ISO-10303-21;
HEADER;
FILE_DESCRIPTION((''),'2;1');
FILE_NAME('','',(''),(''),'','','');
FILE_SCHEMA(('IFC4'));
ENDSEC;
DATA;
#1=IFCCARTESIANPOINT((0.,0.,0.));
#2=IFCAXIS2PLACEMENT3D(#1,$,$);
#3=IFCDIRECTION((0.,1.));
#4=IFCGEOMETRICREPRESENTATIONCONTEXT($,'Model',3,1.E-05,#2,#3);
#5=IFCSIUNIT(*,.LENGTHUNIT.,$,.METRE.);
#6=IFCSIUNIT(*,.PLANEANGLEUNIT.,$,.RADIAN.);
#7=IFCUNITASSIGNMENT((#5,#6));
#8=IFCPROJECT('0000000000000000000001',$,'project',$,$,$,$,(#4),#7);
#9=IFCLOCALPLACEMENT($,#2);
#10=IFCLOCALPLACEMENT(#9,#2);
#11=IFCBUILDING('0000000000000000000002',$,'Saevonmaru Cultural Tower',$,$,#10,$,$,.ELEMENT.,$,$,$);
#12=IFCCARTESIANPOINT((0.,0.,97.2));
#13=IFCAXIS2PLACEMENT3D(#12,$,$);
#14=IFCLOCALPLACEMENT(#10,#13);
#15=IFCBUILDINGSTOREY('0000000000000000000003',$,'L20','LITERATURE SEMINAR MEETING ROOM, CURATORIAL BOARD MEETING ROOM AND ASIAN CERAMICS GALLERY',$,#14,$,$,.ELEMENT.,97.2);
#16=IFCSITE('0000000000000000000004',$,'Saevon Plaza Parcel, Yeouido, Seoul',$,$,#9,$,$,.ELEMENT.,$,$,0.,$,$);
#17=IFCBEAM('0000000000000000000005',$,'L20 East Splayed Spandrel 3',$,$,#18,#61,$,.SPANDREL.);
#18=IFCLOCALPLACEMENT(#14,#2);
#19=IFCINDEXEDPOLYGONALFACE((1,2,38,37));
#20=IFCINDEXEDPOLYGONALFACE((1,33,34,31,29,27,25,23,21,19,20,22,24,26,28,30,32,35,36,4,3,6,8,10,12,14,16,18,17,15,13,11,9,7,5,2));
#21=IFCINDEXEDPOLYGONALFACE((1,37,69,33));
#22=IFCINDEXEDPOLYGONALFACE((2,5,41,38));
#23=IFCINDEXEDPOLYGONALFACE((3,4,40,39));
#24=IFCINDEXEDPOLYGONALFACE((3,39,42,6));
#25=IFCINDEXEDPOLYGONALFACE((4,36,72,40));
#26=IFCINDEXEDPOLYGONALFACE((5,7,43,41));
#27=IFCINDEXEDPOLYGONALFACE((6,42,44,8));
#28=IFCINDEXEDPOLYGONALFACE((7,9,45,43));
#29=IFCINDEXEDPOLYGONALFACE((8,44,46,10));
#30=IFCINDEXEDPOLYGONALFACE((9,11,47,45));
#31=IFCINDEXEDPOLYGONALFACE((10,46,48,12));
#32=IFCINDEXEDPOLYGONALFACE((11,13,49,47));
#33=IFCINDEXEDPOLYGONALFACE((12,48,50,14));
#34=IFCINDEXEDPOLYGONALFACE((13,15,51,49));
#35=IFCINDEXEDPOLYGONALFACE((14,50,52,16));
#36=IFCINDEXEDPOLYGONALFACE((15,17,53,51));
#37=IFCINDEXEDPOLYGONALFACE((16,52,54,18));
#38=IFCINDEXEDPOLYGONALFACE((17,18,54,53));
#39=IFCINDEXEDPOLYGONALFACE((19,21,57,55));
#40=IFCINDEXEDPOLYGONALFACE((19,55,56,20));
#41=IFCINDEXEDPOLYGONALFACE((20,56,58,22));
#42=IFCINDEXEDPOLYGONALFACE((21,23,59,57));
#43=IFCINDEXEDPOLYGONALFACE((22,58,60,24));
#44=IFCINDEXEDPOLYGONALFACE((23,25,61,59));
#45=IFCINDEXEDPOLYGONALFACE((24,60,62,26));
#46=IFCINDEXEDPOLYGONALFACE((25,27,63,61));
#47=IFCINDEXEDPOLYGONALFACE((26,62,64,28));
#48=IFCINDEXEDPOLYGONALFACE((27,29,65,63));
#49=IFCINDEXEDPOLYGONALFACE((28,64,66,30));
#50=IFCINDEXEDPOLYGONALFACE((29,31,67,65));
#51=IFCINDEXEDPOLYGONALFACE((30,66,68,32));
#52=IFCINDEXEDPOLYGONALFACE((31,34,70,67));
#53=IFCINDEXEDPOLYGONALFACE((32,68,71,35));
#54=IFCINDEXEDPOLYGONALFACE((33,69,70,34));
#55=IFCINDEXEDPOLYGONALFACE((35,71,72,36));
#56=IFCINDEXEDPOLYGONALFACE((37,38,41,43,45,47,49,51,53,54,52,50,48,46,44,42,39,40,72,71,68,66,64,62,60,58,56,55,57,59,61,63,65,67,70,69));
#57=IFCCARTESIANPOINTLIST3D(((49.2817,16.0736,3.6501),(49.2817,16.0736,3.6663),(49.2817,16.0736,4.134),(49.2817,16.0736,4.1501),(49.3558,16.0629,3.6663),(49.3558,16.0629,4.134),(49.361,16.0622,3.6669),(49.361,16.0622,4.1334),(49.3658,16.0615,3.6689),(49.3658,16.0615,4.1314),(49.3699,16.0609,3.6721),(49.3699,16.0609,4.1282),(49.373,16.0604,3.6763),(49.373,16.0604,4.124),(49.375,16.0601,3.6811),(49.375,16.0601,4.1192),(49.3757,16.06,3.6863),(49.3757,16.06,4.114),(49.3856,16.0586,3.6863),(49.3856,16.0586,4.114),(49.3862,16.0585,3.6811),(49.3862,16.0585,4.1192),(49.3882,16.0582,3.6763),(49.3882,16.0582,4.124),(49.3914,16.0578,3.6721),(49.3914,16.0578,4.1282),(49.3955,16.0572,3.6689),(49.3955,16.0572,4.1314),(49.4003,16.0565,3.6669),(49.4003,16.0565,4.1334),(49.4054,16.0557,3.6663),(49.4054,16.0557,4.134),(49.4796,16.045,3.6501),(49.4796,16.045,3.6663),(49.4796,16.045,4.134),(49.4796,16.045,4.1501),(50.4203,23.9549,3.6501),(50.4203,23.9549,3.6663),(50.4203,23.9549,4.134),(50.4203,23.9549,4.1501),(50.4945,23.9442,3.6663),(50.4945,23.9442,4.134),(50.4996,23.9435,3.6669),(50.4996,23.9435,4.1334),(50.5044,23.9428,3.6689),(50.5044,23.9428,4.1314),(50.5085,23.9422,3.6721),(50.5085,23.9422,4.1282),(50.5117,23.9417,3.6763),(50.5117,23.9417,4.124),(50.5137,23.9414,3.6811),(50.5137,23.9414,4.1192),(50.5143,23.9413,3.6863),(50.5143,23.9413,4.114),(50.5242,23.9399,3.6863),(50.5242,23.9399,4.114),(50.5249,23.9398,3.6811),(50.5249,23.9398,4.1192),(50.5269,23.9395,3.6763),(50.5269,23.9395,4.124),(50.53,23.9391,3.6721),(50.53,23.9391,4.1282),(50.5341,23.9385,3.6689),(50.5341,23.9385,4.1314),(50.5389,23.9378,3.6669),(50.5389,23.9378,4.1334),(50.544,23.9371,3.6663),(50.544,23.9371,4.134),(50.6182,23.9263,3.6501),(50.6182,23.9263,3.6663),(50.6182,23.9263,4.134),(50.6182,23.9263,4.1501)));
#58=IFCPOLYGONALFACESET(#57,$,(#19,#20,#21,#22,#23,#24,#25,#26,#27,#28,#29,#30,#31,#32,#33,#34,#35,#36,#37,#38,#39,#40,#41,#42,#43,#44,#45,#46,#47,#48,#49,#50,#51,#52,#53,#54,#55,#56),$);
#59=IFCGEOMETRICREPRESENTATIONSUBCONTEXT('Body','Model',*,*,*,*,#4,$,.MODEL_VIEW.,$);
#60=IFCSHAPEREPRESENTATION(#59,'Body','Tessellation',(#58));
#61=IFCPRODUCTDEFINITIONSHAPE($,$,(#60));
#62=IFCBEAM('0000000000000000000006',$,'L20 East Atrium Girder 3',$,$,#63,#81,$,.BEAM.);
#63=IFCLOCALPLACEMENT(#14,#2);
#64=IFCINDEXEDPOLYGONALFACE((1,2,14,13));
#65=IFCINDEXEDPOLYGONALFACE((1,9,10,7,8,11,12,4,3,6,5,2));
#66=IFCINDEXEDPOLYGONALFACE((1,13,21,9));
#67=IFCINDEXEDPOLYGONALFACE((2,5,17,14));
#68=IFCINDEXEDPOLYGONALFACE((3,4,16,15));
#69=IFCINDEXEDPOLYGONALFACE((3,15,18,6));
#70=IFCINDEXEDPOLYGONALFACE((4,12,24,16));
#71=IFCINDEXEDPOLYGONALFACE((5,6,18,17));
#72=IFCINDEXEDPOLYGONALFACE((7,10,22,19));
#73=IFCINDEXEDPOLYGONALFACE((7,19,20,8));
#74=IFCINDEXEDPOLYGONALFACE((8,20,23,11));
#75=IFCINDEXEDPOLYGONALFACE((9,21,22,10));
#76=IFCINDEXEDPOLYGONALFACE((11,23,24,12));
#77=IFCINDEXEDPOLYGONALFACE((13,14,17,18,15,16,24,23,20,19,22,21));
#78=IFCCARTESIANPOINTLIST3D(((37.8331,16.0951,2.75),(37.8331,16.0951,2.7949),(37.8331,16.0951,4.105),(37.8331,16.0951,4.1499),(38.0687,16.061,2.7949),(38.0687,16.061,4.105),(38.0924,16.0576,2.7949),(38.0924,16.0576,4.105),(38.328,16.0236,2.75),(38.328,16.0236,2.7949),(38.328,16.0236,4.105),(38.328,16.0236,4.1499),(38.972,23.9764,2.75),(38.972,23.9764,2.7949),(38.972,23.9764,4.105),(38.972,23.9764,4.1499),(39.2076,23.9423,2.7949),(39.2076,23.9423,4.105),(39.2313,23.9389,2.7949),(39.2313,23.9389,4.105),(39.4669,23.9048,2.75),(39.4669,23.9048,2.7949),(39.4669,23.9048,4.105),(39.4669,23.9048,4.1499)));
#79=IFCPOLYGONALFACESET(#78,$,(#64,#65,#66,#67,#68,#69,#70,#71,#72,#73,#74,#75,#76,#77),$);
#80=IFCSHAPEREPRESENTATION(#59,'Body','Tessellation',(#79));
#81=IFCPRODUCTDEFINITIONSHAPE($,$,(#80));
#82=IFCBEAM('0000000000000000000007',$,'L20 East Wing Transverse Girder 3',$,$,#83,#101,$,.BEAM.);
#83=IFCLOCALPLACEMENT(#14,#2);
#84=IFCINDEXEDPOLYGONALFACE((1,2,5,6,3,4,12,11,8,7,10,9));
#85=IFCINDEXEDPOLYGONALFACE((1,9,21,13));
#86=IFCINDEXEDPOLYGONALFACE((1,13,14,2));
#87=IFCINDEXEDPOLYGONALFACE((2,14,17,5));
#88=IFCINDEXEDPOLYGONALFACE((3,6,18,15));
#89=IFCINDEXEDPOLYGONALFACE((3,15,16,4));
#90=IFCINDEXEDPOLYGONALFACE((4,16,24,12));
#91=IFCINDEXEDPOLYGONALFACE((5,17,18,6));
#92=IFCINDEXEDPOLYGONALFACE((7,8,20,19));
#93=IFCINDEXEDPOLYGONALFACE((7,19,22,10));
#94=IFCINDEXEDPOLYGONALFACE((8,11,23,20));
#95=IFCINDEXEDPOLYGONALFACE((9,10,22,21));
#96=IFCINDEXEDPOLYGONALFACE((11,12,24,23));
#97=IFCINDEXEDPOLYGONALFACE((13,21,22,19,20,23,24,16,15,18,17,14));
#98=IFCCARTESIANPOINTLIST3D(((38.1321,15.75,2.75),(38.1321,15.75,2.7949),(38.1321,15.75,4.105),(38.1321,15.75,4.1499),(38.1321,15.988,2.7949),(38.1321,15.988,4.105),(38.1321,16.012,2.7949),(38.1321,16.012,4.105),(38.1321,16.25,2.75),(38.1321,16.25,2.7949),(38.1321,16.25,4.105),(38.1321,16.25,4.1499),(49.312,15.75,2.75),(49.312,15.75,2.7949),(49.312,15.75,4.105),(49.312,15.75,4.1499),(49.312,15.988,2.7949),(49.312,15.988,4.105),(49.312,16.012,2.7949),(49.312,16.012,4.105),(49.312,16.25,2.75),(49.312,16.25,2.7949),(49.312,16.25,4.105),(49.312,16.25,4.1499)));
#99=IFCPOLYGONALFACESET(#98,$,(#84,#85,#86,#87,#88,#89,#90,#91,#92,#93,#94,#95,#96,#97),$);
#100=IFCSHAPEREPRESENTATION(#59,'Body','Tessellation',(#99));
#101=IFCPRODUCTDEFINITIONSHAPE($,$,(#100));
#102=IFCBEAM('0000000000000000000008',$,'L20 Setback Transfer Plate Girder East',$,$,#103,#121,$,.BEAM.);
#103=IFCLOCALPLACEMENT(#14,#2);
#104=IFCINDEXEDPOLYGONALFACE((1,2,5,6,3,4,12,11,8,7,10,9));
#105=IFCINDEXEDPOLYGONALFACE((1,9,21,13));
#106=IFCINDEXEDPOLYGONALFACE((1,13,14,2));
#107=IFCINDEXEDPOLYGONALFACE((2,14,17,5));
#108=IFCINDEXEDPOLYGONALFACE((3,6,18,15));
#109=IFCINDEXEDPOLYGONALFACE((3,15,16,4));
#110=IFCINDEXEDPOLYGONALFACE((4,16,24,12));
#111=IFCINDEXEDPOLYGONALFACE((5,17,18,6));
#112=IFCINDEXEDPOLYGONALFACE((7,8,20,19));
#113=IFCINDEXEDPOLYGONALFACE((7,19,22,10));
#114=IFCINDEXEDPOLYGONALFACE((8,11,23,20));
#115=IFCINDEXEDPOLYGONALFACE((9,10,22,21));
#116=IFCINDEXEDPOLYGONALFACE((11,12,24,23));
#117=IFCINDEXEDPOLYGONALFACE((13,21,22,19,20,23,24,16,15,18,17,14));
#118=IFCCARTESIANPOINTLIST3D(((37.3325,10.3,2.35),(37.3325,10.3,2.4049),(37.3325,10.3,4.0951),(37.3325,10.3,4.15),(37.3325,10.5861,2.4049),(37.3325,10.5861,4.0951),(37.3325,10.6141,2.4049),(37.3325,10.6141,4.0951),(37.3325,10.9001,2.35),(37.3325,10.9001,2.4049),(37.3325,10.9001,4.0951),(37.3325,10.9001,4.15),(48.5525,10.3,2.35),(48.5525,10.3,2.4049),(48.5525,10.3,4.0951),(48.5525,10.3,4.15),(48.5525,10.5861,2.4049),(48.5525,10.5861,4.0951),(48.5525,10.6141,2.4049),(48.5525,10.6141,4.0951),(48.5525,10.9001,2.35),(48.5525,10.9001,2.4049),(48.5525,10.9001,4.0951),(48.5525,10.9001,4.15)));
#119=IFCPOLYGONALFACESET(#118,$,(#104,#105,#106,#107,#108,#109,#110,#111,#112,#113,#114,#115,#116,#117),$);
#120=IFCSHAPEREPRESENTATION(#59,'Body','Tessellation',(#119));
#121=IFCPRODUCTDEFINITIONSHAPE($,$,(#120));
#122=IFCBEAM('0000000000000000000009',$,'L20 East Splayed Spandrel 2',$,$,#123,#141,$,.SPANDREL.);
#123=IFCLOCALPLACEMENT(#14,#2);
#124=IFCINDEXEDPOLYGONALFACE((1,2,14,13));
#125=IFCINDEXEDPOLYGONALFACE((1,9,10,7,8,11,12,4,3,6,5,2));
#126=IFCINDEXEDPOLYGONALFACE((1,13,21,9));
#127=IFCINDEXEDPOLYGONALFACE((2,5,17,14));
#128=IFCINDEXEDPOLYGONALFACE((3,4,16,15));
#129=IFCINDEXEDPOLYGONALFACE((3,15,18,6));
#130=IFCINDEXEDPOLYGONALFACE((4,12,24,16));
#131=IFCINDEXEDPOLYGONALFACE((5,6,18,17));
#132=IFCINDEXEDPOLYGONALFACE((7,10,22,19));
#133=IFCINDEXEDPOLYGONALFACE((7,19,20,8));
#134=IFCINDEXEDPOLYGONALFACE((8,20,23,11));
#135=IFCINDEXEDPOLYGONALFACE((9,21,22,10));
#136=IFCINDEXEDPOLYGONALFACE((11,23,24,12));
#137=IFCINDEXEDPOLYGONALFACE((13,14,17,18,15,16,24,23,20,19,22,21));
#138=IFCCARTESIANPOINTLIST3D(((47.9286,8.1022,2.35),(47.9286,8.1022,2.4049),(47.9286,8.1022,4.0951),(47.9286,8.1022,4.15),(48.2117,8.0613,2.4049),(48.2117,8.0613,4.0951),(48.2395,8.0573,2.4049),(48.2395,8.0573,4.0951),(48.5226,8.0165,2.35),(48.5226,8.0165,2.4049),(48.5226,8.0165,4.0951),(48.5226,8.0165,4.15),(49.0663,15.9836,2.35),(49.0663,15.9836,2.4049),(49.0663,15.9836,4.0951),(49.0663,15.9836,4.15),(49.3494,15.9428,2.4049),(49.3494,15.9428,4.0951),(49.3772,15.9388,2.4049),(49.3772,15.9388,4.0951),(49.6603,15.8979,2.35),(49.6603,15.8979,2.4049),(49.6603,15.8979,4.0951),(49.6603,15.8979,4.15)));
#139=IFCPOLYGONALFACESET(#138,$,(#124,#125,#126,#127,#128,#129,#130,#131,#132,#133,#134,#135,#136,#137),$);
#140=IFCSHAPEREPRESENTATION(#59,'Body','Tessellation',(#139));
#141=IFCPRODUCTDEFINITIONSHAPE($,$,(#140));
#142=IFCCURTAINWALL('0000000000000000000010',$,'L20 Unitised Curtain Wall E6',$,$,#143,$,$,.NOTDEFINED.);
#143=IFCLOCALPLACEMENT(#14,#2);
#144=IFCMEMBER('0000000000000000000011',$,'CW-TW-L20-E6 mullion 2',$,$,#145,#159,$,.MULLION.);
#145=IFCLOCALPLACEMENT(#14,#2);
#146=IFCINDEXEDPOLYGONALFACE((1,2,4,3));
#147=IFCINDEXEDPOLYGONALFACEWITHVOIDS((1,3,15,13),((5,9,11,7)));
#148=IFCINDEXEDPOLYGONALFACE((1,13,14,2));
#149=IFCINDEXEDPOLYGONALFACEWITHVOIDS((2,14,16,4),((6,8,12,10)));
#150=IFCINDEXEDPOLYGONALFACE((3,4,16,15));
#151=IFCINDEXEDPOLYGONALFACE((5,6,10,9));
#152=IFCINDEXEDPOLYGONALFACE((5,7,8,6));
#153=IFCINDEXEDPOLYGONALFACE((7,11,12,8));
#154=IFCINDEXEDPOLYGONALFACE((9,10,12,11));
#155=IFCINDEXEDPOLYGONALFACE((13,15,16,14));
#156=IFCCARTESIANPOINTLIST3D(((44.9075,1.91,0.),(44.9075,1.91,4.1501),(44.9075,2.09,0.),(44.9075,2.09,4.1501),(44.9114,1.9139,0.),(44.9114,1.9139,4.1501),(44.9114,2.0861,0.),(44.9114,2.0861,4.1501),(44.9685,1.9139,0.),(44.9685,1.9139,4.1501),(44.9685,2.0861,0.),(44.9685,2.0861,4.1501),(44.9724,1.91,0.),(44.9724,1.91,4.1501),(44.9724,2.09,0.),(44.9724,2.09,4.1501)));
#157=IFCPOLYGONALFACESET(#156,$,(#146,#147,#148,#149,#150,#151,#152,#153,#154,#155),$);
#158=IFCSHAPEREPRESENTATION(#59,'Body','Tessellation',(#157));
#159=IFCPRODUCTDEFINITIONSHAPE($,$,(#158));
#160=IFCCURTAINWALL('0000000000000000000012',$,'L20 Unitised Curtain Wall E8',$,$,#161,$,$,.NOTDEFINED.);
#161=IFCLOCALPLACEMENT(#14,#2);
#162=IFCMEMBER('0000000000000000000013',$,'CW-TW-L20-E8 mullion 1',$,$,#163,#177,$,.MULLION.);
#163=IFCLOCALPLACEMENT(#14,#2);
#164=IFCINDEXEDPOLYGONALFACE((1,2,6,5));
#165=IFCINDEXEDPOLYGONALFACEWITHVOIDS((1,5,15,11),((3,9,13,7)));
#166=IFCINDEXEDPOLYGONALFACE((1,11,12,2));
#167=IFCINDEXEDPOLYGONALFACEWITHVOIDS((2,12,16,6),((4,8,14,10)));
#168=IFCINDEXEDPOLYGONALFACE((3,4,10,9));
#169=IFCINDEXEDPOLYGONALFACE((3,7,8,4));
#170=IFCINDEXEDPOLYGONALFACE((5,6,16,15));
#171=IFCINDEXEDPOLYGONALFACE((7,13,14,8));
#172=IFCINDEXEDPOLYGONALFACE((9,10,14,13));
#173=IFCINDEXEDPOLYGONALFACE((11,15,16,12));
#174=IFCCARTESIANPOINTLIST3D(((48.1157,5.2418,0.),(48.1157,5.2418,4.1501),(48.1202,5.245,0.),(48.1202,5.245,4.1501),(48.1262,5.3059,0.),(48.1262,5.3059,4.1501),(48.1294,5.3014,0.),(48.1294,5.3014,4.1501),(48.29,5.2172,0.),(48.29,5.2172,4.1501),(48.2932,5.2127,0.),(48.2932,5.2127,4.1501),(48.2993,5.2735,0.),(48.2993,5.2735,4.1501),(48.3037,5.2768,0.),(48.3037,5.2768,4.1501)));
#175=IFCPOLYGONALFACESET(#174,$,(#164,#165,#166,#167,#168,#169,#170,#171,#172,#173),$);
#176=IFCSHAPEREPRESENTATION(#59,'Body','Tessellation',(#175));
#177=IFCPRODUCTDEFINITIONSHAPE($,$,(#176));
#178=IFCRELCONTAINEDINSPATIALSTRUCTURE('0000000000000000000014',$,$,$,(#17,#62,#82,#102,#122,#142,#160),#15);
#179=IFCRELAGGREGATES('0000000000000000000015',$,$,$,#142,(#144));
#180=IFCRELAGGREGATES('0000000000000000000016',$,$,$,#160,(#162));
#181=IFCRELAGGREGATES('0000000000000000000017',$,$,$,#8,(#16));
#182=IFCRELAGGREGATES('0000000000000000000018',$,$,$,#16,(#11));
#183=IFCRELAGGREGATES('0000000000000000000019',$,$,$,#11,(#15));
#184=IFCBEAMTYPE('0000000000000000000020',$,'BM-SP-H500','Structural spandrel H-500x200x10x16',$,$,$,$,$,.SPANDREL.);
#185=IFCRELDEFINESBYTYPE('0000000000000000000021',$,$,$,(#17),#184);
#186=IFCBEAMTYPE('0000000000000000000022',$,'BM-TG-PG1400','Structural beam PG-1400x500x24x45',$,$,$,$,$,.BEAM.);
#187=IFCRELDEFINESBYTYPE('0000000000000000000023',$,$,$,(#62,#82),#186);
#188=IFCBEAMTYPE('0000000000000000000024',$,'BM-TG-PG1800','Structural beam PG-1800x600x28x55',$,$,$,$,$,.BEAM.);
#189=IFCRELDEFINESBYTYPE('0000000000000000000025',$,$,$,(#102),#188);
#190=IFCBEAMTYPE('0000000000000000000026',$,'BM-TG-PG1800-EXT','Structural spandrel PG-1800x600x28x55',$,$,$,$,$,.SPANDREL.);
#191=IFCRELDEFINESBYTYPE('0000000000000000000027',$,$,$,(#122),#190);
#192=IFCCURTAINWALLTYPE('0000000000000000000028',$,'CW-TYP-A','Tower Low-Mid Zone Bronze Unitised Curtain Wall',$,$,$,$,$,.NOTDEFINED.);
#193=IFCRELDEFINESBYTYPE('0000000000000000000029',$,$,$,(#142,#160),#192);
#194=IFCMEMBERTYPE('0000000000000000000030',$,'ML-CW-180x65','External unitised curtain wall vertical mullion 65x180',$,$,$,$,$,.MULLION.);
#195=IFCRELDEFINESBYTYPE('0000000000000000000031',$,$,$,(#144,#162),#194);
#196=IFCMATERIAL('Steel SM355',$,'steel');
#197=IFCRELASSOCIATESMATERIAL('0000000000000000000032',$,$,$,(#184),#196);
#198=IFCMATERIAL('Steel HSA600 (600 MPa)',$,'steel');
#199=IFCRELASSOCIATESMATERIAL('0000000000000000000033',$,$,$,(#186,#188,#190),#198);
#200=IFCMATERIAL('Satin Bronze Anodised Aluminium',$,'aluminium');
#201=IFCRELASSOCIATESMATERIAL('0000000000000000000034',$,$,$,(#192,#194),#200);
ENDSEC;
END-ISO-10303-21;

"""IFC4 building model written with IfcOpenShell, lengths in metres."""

from ifc_helpers import new_model, si_unit, direction, frame, origin, origin_2d, place, context, subcontext, project, spatial, hollow_rectangle, i_section, extrude, material, material_profile, profile_set, type_object, element, aggregate, save


model = new_model("IFC4")

# Units and contexts
model_context = context("Model", 3, precision=1e-05, world=origin(), true_north=direction((0.0, 1.0)))
body_context = subcontext(model_context, "Body", "Model", "MODEL_VIEW")
ifc_project = project(units=[si_unit("LENGTHUNIT", "METRE"), si_unit("PLANEANGLEUNIT", "RADIAN")], contexts=[model_context])

# Site, building, storey
site_placement = place(None, origin())
site = spatial("IfcSite", under=ifc_project, at=site_placement, Name="Saevon Plaza Parcel, Yeouido, Seoul", CompositionType="ELEMENT", RefElevation=0.0)
building_placement = place(site_placement, origin())
building = spatial("IfcBuilding", under=site, at=building_placement, Name="Saevonmaru Cultural Tower", CompositionType="ELEMENT")
storey_placement = place(building_placement, frame((0.0, 0.0, 97.2)))
storey = spatial("IfcBuildingStorey", under=building, at=storey_placement, Name="L20", Description="LITERATURE SEMINAR MEETING ROOM, CURATORIAL BOARD MEETING ROOM AND ASIAN CERAMICS GALLERY", CompositionType="ELEMENT", Elevation=97.2)

# Shared definitions
ifc_material_1 = material(Name="Steel HSA600 (600 MPa)", Category="steel")

# Beams
ifc_material_2 = material(Name="Steel SM355", Category="steel")
ifc_material_profile_1 = material_profile(ifc_material_2, i_section(OverallWidth=0.2, OverallDepth=0.5, WebThickness=0.01, FlangeThickness=0.0161, FilletRadius=0.02, at=origin_2d()), Name="H-500x200x10x16")
ifc_profile_set_1 = profile_set([ifc_material_profile_1], Name="Steel SM355")
beam_type_1 = type_object("IfcBeamType", Name="BM-SP-H500", Description="Structural spandrel H-500x200x10x16", PredefinedType="SPANDREL", material=ifc_profile_set_1)
beam_1_placement = place(storey_placement, frame((49.3806, 16.0593, 3.9001), z_axis=(0.142992, 0.989724, 0.0), x_axis=(-0.989724, 0.142992, 0.0)))
element("IfcBeam", 1, at=beam_1_placement, inside=storey, type_object=beam_type_1, Name="L20 East Splayed Spandrel 3", PredefinedType="SPANDREL", context=body_context, shape_type="SweptSolid", body=[
    extrude(i_section(OverallWidth=0.2, OverallDepth=0.5, WebThickness=0.01, FlangeThickness=0.0161, FilletRadius=0.02, at=origin_2d()), origin(), (0.0, 0.0, 1.0), 7.9631),
])
ifc_material_profile_2 = material_profile(ifc_material_1, i_section(OverallWidth=0.5, OverallDepth=1.3999, WebThickness=0.0239, FlangeThickness=0.0449, at=origin_2d()), Name="PG-1400x500x24x45")
ifc_profile_set_2 = profile_set([ifc_material_profile_2], Name="Steel HSA600 (600 MPa)")
beam_type_2 = type_object("IfcBeamType", Name="BM-TG-PG1400", Description="Structural beam PG-1400x500x24x45", PredefinedType="BEAM", material=ifc_profile_set_2)
beam_2_placement = place(storey_placement, frame((38.0806, 16.0593, 3.45), z_axis=(0.143022, 0.989719, 0.0), x_axis=(-0.989719, 0.143022, 0.0)))
element("IfcBeam", 2, at=beam_2_placement, inside=storey, type_object=beam_type_2, Name="L20 East Atrium Girder 3", PredefinedType="BEAM", context=body_context, shape_type="SweptSolid", body=[
    extrude(i_section(OverallWidth=0.5, OverallDepth=1.3999, WebThickness=0.0239, FlangeThickness=0.0449, at=origin_2d()), origin(), (0.0, 0.0, 1.0), 7.9631),
])
beam_3_placement = place(storey_placement, frame((38.1321, 16.0, 3.45), z_axis=(1.0, 0.0, 0.0), x_axis=(0.0, 1.0, 0.0)))
element("IfcBeam", 3, at=beam_3_placement, inside=storey, type_object=beam_type_2, Name="L20 East Wing Transverse Girder 3", PredefinedType="BEAM", context=body_context, shape_type="SweptSolid", body=[
    extrude(i_section(OverallWidth=0.5, OverallDepth=1.3999, WebThickness=0.0239, FlangeThickness=0.0449, at=origin_2d()), origin(), (0.0, 0.0, 1.0), 11.1799),
])
ifc_material_profile_3 = material_profile(ifc_material_1, i_section(OverallWidth=0.6001, OverallDepth=1.8, WebThickness=0.0281, FlangeThickness=0.0549, at=origin_2d()), Name="PG-1800x600x28x55")
ifc_profile_set_3 = profile_set([ifc_material_profile_3], Name="Steel HSA600 (600 MPa)")
beam_type_3 = type_object("IfcBeamType", Name="BM-TG-PG1800", Description="Structural beam PG-1800x600x28x55", PredefinedType="BEAM", material=ifc_profile_set_3)
beam_4_placement = place(storey_placement, frame((37.3325, 10.6001, 3.25), z_axis=(1.0, 0.0, 0.0), x_axis=(0.0, 1.0, 0.0)))
element("IfcBeam", 4, at=beam_4_placement, inside=storey, type_object=beam_type_3, Name="L20 Setback Transfer Plate Girder East", PredefinedType="BEAM", context=body_context, shape_type="SweptSolid", body=[
    extrude(i_section(OverallWidth=0.6001, OverallDepth=1.8, WebThickness=0.0281, FlangeThickness=0.0549, at=origin_2d()), origin(), (0.0, 0.0, 1.0), 11.22),
])
ifc_material_profile_4 = material_profile(ifc_material_1, i_section(OverallWidth=0.6001, OverallDepth=1.8, WebThickness=0.0281, FlangeThickness=0.0549, at=origin_2d()), Name="PG-1800x600x28x55")
ifc_profile_set_4 = profile_set([ifc_material_profile_4], Name="Steel HSA600 (600 MPa)")
beam_type_4 = type_object("IfcBeamType", Name="BM-TG-PG1800-EXT", Description="Structural spandrel PG-1800x600x28x55", PredefinedType="SPANDREL", material=ifc_profile_set_4)
beam_5_placement = place(storey_placement, frame((48.2256, 8.0593, 3.25), z_axis=(0.142872, 0.989741, 0.0), x_axis=(-0.989741, 0.142872, 0.0)))
element("IfcBeam", 5, at=beam_5_placement, inside=storey, type_object=beam_type_4, Name="L20 East Splayed Spandrel 2", PredefinedType="SPANDREL", context=body_context, shape_type="SweptSolid", body=[
    extrude(i_section(OverallWidth=0.6001, OverallDepth=1.8, WebThickness=0.0281, FlangeThickness=0.0549, at=origin_2d()), origin(), (0.0, 0.0, 1.0), 7.9631),
])

# Curtain wall, member
ifc_material_3 = material(Name="Satin Bronze Anodised Aluminium", Category="aluminium")
curtain_wall_type = type_object("IfcCurtainWallType", Name="CW-TYP-A", Description="Tower Low-Mid Zone Bronze Unitised Curtain Wall", PredefinedType="NOTDEFINED", material=ifc_material_3)
curtain_wall_1_placement = place(storey_placement, origin())
curtain_wall_1 = element("IfcCurtainWall", 6, at=curtain_wall_1_placement, inside=storey, type_object=curtain_wall_type, Name="L20 Unitised Curtain Wall E6", PredefinedType="NOTDEFINED")
ifc_material_profile_5 = material_profile(ifc_material_3, hollow_rectangle(XDim=0.0649, YDim=0.1799, WallThickness=0.0039, at=origin_2d()), Name="ALU-MULL-180x65x4")
ifc_profile_set_5 = profile_set([ifc_material_profile_5], Name="Satin Bronze Anodised Aluminium")
member_type_1 = type_object("IfcMemberType", Name="ML-CW-180x65", Description="External unitised curtain wall vertical mullion 65x180", PredefinedType="MULLION", material=ifc_profile_set_5)
member_1_placement = place(storey_placement, frame((44.9399, 2.0, 0.0), z_axis=(0.0, 0.0, 1.0), x_axis=(1.0, 0.0, 0.0)))
member_1 = element("IfcMember", 7, at=member_1_placement, type_object=member_type_1, Name="CW-TW-L20-E6 mullion 2", PredefinedType="MULLION", context=body_context, shape_type="SweptSolid", body=[
    extrude(hollow_rectangle(XDim=0.0649, YDim=0.1799, WallThickness=0.0039, at=origin_2d()), origin(), (0.0, 0.0, 1.0), 4.1501),
])

# Curtain wall, member
curtain_wall_2_placement = place(storey_placement, origin())
curtain_wall_2 = element("IfcCurtainWall", 8, at=curtain_wall_2_placement, inside=storey, type_object=curtain_wall_type, Name="L20 Unitised Curtain Wall E8", PredefinedType="NOTDEFINED")
member_2_placement = place(storey_placement, frame((48.2097, 5.2593, 0.0), z_axis=(0.0, 0.0, 1.0), x_axis=(0.161709, 0.986839, 0.0)))
member_2 = element("IfcMember", 9, at=member_2_placement, type_object=member_type_1, Name="CW-TW-L20-E8 mullion 1", PredefinedType="MULLION", context=body_context, shape_type="SweptSolid", body=[
    extrude(hollow_rectangle(XDim=0.0649, YDim=0.1799, WallThickness=0.0039, at=origin_2d()), origin(), (0.0, 0.0, 1.0), 4.1501),
])

aggregate(curtain_wall_1, [member_1])
aggregate(curtain_wall_2, [member_2])

save(model, "model.ifc")
